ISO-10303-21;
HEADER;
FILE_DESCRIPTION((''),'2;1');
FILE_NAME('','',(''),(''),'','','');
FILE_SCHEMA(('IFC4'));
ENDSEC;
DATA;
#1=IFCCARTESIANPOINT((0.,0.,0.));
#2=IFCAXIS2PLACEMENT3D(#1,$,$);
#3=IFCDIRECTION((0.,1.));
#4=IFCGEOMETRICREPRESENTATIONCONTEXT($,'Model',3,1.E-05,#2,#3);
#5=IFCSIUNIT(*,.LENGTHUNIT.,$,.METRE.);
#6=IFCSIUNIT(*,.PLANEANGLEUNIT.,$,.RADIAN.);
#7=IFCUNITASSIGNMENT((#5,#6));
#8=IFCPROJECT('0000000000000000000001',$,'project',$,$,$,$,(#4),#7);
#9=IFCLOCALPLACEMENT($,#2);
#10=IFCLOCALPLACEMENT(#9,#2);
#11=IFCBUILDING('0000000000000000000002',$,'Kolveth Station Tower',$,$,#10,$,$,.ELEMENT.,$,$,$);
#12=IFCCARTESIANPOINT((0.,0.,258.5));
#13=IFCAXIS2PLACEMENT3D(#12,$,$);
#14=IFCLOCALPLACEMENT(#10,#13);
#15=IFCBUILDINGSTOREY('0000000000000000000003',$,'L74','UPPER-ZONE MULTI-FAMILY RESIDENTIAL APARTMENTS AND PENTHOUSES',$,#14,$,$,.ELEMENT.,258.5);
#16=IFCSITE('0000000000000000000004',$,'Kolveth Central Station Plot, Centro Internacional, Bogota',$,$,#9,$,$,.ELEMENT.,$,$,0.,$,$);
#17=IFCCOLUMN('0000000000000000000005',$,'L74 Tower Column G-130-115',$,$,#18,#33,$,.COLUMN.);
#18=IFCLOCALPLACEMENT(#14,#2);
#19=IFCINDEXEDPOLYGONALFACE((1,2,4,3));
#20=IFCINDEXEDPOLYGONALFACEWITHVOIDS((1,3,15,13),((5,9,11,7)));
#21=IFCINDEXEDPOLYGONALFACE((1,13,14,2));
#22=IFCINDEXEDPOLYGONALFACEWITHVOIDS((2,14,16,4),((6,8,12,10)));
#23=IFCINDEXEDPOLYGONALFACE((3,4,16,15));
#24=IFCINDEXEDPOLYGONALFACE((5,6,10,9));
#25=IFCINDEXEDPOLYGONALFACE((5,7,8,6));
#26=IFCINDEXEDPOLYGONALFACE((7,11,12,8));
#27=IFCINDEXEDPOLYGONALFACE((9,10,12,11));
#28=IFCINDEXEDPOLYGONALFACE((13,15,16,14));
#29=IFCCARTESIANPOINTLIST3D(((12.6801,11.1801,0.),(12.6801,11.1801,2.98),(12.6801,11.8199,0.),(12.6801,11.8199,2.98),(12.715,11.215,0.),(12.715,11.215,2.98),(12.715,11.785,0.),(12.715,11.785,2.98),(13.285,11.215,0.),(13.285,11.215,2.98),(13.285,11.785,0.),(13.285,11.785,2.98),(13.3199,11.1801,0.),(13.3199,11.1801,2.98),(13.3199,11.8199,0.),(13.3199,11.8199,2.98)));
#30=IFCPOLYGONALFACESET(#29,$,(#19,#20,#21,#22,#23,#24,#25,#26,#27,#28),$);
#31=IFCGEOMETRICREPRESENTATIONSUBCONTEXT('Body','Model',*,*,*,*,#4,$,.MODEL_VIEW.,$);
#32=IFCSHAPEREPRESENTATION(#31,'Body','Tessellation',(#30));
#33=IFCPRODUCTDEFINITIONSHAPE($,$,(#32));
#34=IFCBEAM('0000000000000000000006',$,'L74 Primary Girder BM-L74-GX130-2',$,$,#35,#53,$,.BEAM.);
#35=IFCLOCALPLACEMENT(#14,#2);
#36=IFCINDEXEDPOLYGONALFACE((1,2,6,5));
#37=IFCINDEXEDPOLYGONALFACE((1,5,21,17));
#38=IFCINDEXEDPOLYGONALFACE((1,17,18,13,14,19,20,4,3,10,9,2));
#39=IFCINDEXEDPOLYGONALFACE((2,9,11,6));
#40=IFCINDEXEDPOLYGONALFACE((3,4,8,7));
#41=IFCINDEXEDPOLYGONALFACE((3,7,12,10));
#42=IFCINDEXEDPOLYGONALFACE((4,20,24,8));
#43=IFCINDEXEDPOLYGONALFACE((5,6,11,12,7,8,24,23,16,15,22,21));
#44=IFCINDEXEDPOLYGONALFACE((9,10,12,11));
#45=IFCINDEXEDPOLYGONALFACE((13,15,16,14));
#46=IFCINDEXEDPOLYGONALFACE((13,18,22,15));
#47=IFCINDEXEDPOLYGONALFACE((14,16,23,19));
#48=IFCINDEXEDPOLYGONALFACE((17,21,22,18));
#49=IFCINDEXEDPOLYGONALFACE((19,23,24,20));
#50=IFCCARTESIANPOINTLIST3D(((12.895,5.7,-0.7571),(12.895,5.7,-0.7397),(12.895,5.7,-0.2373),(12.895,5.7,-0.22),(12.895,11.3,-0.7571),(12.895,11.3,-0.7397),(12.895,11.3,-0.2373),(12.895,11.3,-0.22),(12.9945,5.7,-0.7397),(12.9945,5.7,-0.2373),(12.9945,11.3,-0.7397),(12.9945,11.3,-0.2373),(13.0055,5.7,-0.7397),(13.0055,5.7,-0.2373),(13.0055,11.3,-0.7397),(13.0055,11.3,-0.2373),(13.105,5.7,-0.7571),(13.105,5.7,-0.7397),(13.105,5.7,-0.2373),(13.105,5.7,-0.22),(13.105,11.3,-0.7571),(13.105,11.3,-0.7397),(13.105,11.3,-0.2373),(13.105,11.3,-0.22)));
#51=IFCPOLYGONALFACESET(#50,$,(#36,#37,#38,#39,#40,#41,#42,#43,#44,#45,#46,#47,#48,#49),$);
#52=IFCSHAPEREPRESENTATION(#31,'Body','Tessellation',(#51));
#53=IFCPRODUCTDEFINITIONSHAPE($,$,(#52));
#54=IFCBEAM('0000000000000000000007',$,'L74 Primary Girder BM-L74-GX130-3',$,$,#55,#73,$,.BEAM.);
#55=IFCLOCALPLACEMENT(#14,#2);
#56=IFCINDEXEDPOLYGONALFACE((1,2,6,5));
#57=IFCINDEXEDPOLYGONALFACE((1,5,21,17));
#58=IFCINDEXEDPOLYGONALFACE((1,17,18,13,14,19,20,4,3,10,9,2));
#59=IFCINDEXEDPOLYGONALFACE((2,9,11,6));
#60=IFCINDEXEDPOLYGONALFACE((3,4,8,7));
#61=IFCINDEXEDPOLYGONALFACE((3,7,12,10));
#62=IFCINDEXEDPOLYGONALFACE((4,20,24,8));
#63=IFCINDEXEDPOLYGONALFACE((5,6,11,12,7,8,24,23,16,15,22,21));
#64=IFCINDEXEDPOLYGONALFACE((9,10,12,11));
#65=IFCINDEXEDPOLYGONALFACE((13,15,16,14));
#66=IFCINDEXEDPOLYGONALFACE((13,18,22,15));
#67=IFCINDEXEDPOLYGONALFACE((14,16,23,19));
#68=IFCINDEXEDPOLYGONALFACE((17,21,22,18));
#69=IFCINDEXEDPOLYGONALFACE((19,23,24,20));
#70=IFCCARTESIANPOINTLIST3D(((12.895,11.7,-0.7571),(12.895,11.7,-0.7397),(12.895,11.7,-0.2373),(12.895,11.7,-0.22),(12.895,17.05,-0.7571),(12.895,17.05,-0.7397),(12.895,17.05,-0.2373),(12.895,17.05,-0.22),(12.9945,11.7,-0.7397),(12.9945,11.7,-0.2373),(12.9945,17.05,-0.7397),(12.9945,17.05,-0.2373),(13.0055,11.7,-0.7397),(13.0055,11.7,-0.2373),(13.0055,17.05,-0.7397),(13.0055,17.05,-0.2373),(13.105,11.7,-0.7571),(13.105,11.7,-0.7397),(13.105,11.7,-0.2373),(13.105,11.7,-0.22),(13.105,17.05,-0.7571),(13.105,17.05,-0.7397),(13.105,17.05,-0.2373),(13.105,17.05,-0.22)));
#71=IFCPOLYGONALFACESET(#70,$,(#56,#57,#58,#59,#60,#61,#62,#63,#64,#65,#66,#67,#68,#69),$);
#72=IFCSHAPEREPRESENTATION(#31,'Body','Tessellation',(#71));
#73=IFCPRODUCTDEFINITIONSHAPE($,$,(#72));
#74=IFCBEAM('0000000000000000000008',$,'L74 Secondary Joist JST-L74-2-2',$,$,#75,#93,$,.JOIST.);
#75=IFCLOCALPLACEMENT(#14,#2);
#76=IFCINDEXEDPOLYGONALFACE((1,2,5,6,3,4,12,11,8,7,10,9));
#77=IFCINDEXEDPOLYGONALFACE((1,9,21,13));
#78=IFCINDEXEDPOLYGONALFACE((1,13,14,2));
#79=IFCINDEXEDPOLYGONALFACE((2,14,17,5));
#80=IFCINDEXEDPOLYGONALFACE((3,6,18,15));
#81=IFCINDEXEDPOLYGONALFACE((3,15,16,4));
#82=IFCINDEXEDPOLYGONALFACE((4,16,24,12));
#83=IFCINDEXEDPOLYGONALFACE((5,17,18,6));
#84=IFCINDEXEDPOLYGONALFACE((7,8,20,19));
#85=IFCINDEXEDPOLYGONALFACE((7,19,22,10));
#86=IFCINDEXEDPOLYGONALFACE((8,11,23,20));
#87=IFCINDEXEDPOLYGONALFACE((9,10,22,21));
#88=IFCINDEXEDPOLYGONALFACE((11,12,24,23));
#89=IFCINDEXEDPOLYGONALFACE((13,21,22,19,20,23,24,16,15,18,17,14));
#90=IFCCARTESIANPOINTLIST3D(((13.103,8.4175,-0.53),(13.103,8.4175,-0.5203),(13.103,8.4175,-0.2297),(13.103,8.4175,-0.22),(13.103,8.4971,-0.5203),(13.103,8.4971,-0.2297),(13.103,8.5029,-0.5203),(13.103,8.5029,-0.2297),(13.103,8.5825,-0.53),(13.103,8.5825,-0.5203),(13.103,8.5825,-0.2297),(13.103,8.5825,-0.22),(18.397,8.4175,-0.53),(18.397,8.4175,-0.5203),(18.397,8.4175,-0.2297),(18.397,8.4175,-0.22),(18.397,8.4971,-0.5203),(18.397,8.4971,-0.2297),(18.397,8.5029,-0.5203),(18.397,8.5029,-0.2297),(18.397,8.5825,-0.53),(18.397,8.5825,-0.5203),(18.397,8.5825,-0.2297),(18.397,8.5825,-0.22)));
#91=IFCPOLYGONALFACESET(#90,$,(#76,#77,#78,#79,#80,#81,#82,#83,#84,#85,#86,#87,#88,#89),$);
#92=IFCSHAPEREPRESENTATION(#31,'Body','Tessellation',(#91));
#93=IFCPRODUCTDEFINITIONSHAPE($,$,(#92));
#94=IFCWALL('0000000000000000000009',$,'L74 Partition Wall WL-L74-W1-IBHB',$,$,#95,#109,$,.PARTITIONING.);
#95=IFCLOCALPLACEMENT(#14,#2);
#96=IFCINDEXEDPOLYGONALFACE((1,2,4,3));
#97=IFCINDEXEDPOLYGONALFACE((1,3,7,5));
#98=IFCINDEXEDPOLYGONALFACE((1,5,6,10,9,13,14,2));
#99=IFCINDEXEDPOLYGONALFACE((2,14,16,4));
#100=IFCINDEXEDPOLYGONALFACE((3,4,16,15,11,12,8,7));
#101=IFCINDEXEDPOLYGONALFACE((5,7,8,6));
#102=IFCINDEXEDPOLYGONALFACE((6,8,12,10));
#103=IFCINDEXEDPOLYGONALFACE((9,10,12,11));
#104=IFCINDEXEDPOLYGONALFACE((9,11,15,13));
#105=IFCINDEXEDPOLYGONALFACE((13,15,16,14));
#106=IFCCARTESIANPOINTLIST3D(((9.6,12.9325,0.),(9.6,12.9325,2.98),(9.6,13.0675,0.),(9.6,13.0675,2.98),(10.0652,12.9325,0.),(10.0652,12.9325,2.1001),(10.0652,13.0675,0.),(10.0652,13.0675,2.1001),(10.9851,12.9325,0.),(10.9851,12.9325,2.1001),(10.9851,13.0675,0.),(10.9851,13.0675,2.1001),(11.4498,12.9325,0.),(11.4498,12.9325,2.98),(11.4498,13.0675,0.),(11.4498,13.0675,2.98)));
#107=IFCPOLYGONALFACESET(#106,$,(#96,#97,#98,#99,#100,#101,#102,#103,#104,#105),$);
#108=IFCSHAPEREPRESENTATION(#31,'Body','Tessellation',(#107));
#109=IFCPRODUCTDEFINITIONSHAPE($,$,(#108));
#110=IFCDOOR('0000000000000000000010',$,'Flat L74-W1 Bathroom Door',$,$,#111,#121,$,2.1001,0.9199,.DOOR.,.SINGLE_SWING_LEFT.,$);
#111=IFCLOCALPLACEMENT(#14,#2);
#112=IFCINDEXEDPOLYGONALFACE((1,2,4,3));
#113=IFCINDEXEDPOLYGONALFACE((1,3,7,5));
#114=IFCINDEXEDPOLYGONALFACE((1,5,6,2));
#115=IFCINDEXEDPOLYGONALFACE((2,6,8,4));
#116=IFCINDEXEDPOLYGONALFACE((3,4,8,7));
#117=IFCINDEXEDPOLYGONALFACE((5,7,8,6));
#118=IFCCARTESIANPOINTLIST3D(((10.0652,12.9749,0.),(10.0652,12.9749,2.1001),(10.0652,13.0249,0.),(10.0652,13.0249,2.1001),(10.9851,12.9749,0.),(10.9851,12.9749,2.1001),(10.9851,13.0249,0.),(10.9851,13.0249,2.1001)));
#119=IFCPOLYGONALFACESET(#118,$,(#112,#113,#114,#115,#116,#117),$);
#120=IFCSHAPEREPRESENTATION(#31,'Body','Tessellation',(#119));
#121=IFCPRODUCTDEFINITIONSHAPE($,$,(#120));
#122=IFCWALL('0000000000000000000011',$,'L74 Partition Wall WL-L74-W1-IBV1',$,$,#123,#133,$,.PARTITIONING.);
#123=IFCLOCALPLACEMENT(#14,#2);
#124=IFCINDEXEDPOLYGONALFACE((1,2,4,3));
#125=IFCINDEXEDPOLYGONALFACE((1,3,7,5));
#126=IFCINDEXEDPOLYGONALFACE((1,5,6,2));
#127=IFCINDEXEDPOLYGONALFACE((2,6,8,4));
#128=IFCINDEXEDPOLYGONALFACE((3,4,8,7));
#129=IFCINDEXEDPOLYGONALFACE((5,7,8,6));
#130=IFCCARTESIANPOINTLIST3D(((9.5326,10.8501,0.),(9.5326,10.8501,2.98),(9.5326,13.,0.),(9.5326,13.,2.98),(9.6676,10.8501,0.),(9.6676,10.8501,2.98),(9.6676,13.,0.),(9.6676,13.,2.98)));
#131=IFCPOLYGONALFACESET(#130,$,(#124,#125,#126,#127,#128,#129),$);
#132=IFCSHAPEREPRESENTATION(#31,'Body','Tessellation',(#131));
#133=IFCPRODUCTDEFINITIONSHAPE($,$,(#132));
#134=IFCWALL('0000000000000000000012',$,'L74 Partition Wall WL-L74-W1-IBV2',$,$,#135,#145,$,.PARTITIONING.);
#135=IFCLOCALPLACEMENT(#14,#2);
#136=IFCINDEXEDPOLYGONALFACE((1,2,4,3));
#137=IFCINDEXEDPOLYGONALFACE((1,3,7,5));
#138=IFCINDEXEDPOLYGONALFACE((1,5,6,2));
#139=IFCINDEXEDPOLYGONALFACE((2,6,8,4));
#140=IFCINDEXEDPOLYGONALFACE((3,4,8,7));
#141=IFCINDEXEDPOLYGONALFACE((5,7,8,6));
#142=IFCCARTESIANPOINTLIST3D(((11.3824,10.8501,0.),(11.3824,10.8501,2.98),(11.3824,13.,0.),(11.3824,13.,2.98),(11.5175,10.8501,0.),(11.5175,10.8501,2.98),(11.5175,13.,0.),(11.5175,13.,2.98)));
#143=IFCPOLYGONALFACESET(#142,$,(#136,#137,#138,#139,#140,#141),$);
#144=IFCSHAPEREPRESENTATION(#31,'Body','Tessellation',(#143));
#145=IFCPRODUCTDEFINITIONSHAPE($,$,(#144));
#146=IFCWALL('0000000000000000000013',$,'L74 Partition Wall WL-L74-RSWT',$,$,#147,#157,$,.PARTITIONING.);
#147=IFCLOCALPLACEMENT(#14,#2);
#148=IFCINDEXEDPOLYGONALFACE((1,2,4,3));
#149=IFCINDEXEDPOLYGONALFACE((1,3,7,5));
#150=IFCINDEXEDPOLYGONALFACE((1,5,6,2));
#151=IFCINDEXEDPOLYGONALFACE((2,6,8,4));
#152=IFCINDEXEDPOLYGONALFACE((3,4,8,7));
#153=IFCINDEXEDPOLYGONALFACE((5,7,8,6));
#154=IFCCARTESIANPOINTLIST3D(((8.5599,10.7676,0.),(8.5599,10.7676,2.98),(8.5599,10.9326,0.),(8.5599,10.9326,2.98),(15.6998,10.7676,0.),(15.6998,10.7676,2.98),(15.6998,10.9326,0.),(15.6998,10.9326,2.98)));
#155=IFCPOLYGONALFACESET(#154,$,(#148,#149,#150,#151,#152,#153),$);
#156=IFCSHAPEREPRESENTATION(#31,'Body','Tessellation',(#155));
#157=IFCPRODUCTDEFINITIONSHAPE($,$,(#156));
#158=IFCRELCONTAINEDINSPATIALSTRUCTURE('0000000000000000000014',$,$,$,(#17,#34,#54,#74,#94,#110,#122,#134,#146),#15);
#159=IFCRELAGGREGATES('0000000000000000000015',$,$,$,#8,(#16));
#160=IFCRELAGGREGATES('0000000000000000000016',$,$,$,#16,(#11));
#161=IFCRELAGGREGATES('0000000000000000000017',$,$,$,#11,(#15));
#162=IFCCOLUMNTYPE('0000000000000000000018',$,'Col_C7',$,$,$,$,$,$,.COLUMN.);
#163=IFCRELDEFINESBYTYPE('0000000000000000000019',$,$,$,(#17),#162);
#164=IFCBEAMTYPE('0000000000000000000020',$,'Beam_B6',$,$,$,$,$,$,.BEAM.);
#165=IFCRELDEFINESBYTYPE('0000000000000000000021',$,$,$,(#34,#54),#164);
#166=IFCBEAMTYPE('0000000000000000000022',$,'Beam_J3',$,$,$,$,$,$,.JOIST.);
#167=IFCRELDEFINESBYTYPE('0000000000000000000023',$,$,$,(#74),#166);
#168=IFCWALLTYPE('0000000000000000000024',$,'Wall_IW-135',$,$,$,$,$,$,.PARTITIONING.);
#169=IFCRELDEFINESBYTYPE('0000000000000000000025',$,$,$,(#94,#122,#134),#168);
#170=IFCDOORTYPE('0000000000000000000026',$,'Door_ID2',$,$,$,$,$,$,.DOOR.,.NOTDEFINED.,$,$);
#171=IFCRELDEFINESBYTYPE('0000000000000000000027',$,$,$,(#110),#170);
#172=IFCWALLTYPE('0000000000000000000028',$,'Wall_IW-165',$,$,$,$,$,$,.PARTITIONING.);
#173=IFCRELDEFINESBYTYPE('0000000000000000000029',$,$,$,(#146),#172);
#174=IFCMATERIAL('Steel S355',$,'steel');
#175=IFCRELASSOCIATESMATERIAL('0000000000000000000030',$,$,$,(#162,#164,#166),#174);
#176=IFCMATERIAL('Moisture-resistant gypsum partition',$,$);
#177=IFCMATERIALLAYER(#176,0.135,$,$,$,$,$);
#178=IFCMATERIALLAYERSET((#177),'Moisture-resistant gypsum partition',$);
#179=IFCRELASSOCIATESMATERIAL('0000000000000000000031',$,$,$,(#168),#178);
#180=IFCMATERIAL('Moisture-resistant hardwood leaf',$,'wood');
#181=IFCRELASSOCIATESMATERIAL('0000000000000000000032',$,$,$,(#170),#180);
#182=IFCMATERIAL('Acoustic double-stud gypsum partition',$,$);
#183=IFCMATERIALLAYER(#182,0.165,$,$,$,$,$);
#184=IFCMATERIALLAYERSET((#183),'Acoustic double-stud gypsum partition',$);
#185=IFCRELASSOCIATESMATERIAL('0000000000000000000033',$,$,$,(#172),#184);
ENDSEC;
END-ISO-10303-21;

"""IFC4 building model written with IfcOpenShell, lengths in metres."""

from ifc_helpers import new_model, si_unit, direction, frame, frame_2d, origin, origin_2d, place, context, subcontext, project, spatial, rectangle, hollow_rectangle, i_section, extrude, source, transform, mapped, material, layer, layer_set, material_profile, profile_set, type_object, element, fill, save


model = new_model("IFC4")

# Units and contexts
model_context = context("Model", 3, precision=1e-05, world=origin(), true_north=direction((0.0, 1.0)))
body_context = subcontext(model_context, "Body", "Model", "MODEL_VIEW")
ifc_project = project(units=[si_unit("LENGTHUNIT", "METRE"), si_unit("PLANEANGLEUNIT", "RADIAN")], contexts=[model_context])

# Site, building, storey
site_placement = place(None, origin())
site = spatial("IfcSite", under=ifc_project, at=site_placement, Name="Kolveth Central Station Plot, Centro Internacional, Bogota", CompositionType="ELEMENT", RefElevation=0.0)
building_placement = place(site_placement, origin())
building = spatial("IfcBuilding", under=site, at=building_placement, Name="Kolveth Station Tower", CompositionType="ELEMENT")
storey_placement = place(building_placement, frame((0.0, 0.0, 258.5)))
storey = spatial("IfcBuildingStorey", under=building, at=storey_placement, Name="L74", Description="UPPER-ZONE MULTI-FAMILY RESIDENTIAL APARTMENTS AND PENTHOUSES", CompositionType="ELEMENT", Elevation=258.5)

# Column
ifc_material_1 = material(Name="Steel S355", Category="steel")
ifc_material_profile_1 = material_profile(ifc_material_1, hollow_rectangle(XDim=0.6399, YDim=0.6399, WallThickness=0.0349, at=origin_2d()), Name="BOX640x640x35")
ifc_profile_set_1 = profile_set([ifc_material_profile_1], Name="Steel S355")
column_type = type_object("IfcColumnType", Name="Col_C7", PredefinedType="COLUMN", material=ifc_profile_set_1)
shared_shape_1 = source(origin(), body_context, "Body", "SweptSolid", [
    extrude(hollow_rectangle(XDim=0.6399, YDim=0.6399, WallThickness=0.0349, at=origin_2d()), origin(), (0.0, 0.0, 1.0), 2.98),
])
column_placement = place(storey_placement, frame((13.0, 11.5, 0.0), z_axis=(0.0, 0.0, 1.0), x_axis=(1.0, 0.0, 0.0)))
element("IfcColumn", 1, at=column_placement, inside=storey, type_object=column_type, Name="L74 Tower Column G-130-115", PredefinedType="COLUMN", context=body_context, shape_type="MappedRepresentation", body=[
    mapped(shared_shape_1, transform((0.0, 0.0, 0.0), x_axis=(1.0, 0.0, 0.0), y_axis=(0.0, 1.0, 0.0), z_axis=(0.0, 0.0, 1.0), scale=1.0)),
])

# Beams
ifc_material_profile_2 = material_profile(ifc_material_1, i_section(OverallWidth=0.21, OverallDepth=0.5371, WebThickness=0.011, FlangeThickness=0.0173, at=origin_2d()), Name="W530x101")
ifc_profile_set_2 = profile_set([ifc_material_profile_2], Name="Steel S355")
beam_type_1 = type_object("IfcBeamType", Name="Beam_B6", PredefinedType="BEAM", material=ifc_profile_set_2)
shared_shape_2 = source(origin(), body_context, "Body", "SweptSolid", [
    extrude(i_section(OverallWidth=0.21, OverallDepth=0.5371, WebThickness=0.011, FlangeThickness=0.0173, at=origin_2d()), origin(), (0.0, 0.0, 1.0), 5.6001),
])
beam_1_placement = place(storey_placement, frame((13.0, 5.7, -0.4885), z_axis=(0.0, 1.0, 0.0), x_axis=(-1.0, 0.0, 0.0)))
element("IfcBeam", 2, at=beam_1_placement, inside=storey, type_object=beam_type_1, Name="L74 Primary Girder BM-L74-GX130-2", PredefinedType="BEAM", context=body_context, shape_type="MappedRepresentation", body=[
    mapped(shared_shape_2, transform((0.0, 0.0, 0.0), x_axis=(1.0, 0.0, 0.0), y_axis=(0.0, 1.0, 0.0), z_axis=(0.0, 0.0, 1.0), scale=1.0)),
])
shared_shape_3 = source(origin(), body_context, "Body", "SweptSolid", [
    extrude(i_section(OverallWidth=0.21, OverallDepth=0.5371, WebThickness=0.011, FlangeThickness=0.0173, at=origin_2d()), origin(), (0.0, 0.0, 1.0), 5.3501),
])
beam_2_placement = place(storey_placement, frame((13.0, 11.7, -0.4885), z_axis=(0.0, 1.0, 0.0), x_axis=(-1.0, 0.0, 0.0)))
element("IfcBeam", 3, at=beam_2_placement, inside=storey, type_object=beam_type_1, Name="L74 Primary Girder BM-L74-GX130-3", PredefinedType="BEAM", context=body_context, shape_type="MappedRepresentation", body=[
    mapped(shared_shape_3, transform((0.0, 0.0, 0.0), x_axis=(1.0, 0.0, 0.0), y_axis=(0.0, 1.0, 0.0), z_axis=(0.0, 0.0, 1.0), scale=1.0)),
])
ifc_material_profile_3 = material_profile(ifc_material_1, i_section(OverallWidth=0.165, OverallDepth=0.3101, WebThickness=0.0059, FlangeThickness=0.0098, at=origin_2d()), Name="W310x39")
ifc_profile_set_3 = profile_set([ifc_material_profile_3], Name="Steel S355")
beam_type_2 = type_object("IfcBeamType", Name="Beam_J3", PredefinedType="JOIST", material=ifc_profile_set_3)
shared_shape_4 = source(origin(), body_context, "Body", "SweptSolid", [
    extrude(i_section(OverallWidth=0.165, OverallDepth=0.3101, WebThickness=0.0059, FlangeThickness=0.0098, at=origin_2d()), origin(), (0.0, 0.0, 1.0), 5.2939),
])
beam_3_placement = place(storey_placement, frame((13.103, 8.5, -0.375), z_axis=(1.0, 0.0, 0.0), x_axis=(0.0, 1.0, 0.0)))
element("IfcBeam", 4, at=beam_3_placement, inside=storey, type_object=beam_type_2, Name="L74 Secondary Joist JST-L74-2-2", PredefinedType="JOIST", context=body_context, shape_type="MappedRepresentation", body=[
    mapped(shared_shape_4, transform((0.0, 0.0, 0.0), x_axis=(1.0, 0.0, 0.0), y_axis=(0.0, 1.0, 0.0), z_axis=(0.0, 0.0, 1.0), scale=1.0)),
])

# Wall, opening, door
ifc_material_2 = material(Name="Moisture-resistant gypsum partition")
ifc_layer_1 = layer(ifc_material_2, 0.135)
ifc_layer_set_1 = layer_set([ifc_layer_1], Name="Moisture-resistant gypsum partition")
wall_type_1 = type_object("IfcWallType", Name="Wall_IW-135", PredefinedType="PARTITIONING", material=ifc_layer_set_1)
wall_1_placement = place(storey_placement, frame((9.6001, 13.0, 0.0), z_axis=(0.0, 0.0, 1.0), x_axis=(1.0, 0.0, 0.0)))
wall_1 = element("IfcWall", 5, at=wall_1_placement, inside=storey, type_object=wall_type_1, Name="L74 Partition Wall WL-L74-W1-IBHB", PredefinedType="PARTITIONING", context=body_context, shape_type="SweptSolid", body=[
    extrude(rectangle(XDim=1.8499, YDim=0.135, at=frame_2d((0.9248, 0.0))), origin(), (0.0, 0.0, 1.0), 2.98),
])
opening_1_placement = place(wall_1_placement, frame((0.4651, 0.0, 0.0)))
opening_1 = element("IfcOpeningElement", 6, at=opening_1_placement, cuts=wall_1, PredefinedType="OPENING", context=body_context, shape_type="SweptSolid", body=[
    extrude(rectangle(XDim=0.9199, YDim=2.1001, at=frame_2d((0.46, 1.05))), frame((0.0, 0.0774, 0.0), z_axis=(0.0, -1.0, 0.0), x_axis=(1.0, 0.0, 0.0)), (0.0, 0.0, 1.0), 0.155),
])
ifc_material_3 = material(Name="Moisture-resistant hardwood leaf", Category="wood")
door_type_1 = type_object("IfcDoorType", Name="Door_ID2", OperationType="NOTDEFINED", PredefinedType="DOOR", material=ifc_material_3)
door_1_placement = place(opening_1_placement, origin())
door_1 = element("IfcDoor", 7, at=door_1_placement, inside=storey, type_object=door_type_1, Name="Flat L74-W1 Bathroom Door", OperationType="SINGLE_SWING_LEFT", OverallHeight=2.1001, OverallWidth=0.9199, PredefinedType="DOOR", context=body_context, shape_type="SweptSolid", body=[
    extrude(rectangle(XDim=0.9199, YDim=2.1001, at=frame_2d((0.46, 1.05))), frame((0.0, 0.0249, 0.0), z_axis=(0.0, -1.0, 0.0), x_axis=(1.0, 0.0, 0.0)), (0.0, 0.0, 1.0), 0.05),
])
fill(opening_1, door_1)

# Walls
for number, where, z_axis, x_axis, name in (
    (8, (9.6001, 10.8501, 0.0), (0.0, 0.0, 1.0), (0.0, 1.0, 0.0), "L74 Partition Wall WL-L74-W1-IBV1"),
    (9, (11.45, 10.8501, 0.0), (0.0, 0.0, 1.0), (0.0, 1.0, 0.0), "L74 Partition Wall WL-L74-W1-IBV2"),
):
    element("IfcWall", number, at=place(storey_placement, frame(where, z_axis=z_axis, x_axis=x_axis)), inside=storey, type_object=wall_type_1, Name=name, PredefinedType="PARTITIONING", context=body_context, shape_type="SweptSolid", body=[
        extrude(rectangle(XDim=2.1499, YDim=0.135, at=frame_2d((1.075, 0.0))), origin(), (0.0, 0.0, 1.0), 2.98),
    ])
ifc_material_4 = material(Name="Acoustic double-stud gypsum partition")
ifc_layer_2 = layer(ifc_material_4, 0.165)
ifc_layer_set_2 = layer_set([ifc_layer_2], Name="Acoustic double-stud gypsum partition")
wall_type_2 = type_object("IfcWallType", Name="Wall_IW-165", PredefinedType="PARTITIONING", material=ifc_layer_set_2)
wall_2_placement = place(storey_placement, frame((8.5601, 10.8501, 0.0), z_axis=(0.0, 0.0, 1.0), x_axis=(1.0, 0.0, 0.0)))
element("IfcWall", 10, at=wall_2_placement, inside=storey, type_object=wall_type_2, Name="L74 Partition Wall WL-L74-RSWT", PredefinedType="PARTITIONING", context=body_context, shape_type="SweptSolid", body=[
    extrude(rectangle(XDim=7.1399, YDim=0.165, at=frame_2d((3.5698, 0.0))), origin(), (0.0, 0.0, 1.0), 2.98),
])

save(model, "model.ifc")
